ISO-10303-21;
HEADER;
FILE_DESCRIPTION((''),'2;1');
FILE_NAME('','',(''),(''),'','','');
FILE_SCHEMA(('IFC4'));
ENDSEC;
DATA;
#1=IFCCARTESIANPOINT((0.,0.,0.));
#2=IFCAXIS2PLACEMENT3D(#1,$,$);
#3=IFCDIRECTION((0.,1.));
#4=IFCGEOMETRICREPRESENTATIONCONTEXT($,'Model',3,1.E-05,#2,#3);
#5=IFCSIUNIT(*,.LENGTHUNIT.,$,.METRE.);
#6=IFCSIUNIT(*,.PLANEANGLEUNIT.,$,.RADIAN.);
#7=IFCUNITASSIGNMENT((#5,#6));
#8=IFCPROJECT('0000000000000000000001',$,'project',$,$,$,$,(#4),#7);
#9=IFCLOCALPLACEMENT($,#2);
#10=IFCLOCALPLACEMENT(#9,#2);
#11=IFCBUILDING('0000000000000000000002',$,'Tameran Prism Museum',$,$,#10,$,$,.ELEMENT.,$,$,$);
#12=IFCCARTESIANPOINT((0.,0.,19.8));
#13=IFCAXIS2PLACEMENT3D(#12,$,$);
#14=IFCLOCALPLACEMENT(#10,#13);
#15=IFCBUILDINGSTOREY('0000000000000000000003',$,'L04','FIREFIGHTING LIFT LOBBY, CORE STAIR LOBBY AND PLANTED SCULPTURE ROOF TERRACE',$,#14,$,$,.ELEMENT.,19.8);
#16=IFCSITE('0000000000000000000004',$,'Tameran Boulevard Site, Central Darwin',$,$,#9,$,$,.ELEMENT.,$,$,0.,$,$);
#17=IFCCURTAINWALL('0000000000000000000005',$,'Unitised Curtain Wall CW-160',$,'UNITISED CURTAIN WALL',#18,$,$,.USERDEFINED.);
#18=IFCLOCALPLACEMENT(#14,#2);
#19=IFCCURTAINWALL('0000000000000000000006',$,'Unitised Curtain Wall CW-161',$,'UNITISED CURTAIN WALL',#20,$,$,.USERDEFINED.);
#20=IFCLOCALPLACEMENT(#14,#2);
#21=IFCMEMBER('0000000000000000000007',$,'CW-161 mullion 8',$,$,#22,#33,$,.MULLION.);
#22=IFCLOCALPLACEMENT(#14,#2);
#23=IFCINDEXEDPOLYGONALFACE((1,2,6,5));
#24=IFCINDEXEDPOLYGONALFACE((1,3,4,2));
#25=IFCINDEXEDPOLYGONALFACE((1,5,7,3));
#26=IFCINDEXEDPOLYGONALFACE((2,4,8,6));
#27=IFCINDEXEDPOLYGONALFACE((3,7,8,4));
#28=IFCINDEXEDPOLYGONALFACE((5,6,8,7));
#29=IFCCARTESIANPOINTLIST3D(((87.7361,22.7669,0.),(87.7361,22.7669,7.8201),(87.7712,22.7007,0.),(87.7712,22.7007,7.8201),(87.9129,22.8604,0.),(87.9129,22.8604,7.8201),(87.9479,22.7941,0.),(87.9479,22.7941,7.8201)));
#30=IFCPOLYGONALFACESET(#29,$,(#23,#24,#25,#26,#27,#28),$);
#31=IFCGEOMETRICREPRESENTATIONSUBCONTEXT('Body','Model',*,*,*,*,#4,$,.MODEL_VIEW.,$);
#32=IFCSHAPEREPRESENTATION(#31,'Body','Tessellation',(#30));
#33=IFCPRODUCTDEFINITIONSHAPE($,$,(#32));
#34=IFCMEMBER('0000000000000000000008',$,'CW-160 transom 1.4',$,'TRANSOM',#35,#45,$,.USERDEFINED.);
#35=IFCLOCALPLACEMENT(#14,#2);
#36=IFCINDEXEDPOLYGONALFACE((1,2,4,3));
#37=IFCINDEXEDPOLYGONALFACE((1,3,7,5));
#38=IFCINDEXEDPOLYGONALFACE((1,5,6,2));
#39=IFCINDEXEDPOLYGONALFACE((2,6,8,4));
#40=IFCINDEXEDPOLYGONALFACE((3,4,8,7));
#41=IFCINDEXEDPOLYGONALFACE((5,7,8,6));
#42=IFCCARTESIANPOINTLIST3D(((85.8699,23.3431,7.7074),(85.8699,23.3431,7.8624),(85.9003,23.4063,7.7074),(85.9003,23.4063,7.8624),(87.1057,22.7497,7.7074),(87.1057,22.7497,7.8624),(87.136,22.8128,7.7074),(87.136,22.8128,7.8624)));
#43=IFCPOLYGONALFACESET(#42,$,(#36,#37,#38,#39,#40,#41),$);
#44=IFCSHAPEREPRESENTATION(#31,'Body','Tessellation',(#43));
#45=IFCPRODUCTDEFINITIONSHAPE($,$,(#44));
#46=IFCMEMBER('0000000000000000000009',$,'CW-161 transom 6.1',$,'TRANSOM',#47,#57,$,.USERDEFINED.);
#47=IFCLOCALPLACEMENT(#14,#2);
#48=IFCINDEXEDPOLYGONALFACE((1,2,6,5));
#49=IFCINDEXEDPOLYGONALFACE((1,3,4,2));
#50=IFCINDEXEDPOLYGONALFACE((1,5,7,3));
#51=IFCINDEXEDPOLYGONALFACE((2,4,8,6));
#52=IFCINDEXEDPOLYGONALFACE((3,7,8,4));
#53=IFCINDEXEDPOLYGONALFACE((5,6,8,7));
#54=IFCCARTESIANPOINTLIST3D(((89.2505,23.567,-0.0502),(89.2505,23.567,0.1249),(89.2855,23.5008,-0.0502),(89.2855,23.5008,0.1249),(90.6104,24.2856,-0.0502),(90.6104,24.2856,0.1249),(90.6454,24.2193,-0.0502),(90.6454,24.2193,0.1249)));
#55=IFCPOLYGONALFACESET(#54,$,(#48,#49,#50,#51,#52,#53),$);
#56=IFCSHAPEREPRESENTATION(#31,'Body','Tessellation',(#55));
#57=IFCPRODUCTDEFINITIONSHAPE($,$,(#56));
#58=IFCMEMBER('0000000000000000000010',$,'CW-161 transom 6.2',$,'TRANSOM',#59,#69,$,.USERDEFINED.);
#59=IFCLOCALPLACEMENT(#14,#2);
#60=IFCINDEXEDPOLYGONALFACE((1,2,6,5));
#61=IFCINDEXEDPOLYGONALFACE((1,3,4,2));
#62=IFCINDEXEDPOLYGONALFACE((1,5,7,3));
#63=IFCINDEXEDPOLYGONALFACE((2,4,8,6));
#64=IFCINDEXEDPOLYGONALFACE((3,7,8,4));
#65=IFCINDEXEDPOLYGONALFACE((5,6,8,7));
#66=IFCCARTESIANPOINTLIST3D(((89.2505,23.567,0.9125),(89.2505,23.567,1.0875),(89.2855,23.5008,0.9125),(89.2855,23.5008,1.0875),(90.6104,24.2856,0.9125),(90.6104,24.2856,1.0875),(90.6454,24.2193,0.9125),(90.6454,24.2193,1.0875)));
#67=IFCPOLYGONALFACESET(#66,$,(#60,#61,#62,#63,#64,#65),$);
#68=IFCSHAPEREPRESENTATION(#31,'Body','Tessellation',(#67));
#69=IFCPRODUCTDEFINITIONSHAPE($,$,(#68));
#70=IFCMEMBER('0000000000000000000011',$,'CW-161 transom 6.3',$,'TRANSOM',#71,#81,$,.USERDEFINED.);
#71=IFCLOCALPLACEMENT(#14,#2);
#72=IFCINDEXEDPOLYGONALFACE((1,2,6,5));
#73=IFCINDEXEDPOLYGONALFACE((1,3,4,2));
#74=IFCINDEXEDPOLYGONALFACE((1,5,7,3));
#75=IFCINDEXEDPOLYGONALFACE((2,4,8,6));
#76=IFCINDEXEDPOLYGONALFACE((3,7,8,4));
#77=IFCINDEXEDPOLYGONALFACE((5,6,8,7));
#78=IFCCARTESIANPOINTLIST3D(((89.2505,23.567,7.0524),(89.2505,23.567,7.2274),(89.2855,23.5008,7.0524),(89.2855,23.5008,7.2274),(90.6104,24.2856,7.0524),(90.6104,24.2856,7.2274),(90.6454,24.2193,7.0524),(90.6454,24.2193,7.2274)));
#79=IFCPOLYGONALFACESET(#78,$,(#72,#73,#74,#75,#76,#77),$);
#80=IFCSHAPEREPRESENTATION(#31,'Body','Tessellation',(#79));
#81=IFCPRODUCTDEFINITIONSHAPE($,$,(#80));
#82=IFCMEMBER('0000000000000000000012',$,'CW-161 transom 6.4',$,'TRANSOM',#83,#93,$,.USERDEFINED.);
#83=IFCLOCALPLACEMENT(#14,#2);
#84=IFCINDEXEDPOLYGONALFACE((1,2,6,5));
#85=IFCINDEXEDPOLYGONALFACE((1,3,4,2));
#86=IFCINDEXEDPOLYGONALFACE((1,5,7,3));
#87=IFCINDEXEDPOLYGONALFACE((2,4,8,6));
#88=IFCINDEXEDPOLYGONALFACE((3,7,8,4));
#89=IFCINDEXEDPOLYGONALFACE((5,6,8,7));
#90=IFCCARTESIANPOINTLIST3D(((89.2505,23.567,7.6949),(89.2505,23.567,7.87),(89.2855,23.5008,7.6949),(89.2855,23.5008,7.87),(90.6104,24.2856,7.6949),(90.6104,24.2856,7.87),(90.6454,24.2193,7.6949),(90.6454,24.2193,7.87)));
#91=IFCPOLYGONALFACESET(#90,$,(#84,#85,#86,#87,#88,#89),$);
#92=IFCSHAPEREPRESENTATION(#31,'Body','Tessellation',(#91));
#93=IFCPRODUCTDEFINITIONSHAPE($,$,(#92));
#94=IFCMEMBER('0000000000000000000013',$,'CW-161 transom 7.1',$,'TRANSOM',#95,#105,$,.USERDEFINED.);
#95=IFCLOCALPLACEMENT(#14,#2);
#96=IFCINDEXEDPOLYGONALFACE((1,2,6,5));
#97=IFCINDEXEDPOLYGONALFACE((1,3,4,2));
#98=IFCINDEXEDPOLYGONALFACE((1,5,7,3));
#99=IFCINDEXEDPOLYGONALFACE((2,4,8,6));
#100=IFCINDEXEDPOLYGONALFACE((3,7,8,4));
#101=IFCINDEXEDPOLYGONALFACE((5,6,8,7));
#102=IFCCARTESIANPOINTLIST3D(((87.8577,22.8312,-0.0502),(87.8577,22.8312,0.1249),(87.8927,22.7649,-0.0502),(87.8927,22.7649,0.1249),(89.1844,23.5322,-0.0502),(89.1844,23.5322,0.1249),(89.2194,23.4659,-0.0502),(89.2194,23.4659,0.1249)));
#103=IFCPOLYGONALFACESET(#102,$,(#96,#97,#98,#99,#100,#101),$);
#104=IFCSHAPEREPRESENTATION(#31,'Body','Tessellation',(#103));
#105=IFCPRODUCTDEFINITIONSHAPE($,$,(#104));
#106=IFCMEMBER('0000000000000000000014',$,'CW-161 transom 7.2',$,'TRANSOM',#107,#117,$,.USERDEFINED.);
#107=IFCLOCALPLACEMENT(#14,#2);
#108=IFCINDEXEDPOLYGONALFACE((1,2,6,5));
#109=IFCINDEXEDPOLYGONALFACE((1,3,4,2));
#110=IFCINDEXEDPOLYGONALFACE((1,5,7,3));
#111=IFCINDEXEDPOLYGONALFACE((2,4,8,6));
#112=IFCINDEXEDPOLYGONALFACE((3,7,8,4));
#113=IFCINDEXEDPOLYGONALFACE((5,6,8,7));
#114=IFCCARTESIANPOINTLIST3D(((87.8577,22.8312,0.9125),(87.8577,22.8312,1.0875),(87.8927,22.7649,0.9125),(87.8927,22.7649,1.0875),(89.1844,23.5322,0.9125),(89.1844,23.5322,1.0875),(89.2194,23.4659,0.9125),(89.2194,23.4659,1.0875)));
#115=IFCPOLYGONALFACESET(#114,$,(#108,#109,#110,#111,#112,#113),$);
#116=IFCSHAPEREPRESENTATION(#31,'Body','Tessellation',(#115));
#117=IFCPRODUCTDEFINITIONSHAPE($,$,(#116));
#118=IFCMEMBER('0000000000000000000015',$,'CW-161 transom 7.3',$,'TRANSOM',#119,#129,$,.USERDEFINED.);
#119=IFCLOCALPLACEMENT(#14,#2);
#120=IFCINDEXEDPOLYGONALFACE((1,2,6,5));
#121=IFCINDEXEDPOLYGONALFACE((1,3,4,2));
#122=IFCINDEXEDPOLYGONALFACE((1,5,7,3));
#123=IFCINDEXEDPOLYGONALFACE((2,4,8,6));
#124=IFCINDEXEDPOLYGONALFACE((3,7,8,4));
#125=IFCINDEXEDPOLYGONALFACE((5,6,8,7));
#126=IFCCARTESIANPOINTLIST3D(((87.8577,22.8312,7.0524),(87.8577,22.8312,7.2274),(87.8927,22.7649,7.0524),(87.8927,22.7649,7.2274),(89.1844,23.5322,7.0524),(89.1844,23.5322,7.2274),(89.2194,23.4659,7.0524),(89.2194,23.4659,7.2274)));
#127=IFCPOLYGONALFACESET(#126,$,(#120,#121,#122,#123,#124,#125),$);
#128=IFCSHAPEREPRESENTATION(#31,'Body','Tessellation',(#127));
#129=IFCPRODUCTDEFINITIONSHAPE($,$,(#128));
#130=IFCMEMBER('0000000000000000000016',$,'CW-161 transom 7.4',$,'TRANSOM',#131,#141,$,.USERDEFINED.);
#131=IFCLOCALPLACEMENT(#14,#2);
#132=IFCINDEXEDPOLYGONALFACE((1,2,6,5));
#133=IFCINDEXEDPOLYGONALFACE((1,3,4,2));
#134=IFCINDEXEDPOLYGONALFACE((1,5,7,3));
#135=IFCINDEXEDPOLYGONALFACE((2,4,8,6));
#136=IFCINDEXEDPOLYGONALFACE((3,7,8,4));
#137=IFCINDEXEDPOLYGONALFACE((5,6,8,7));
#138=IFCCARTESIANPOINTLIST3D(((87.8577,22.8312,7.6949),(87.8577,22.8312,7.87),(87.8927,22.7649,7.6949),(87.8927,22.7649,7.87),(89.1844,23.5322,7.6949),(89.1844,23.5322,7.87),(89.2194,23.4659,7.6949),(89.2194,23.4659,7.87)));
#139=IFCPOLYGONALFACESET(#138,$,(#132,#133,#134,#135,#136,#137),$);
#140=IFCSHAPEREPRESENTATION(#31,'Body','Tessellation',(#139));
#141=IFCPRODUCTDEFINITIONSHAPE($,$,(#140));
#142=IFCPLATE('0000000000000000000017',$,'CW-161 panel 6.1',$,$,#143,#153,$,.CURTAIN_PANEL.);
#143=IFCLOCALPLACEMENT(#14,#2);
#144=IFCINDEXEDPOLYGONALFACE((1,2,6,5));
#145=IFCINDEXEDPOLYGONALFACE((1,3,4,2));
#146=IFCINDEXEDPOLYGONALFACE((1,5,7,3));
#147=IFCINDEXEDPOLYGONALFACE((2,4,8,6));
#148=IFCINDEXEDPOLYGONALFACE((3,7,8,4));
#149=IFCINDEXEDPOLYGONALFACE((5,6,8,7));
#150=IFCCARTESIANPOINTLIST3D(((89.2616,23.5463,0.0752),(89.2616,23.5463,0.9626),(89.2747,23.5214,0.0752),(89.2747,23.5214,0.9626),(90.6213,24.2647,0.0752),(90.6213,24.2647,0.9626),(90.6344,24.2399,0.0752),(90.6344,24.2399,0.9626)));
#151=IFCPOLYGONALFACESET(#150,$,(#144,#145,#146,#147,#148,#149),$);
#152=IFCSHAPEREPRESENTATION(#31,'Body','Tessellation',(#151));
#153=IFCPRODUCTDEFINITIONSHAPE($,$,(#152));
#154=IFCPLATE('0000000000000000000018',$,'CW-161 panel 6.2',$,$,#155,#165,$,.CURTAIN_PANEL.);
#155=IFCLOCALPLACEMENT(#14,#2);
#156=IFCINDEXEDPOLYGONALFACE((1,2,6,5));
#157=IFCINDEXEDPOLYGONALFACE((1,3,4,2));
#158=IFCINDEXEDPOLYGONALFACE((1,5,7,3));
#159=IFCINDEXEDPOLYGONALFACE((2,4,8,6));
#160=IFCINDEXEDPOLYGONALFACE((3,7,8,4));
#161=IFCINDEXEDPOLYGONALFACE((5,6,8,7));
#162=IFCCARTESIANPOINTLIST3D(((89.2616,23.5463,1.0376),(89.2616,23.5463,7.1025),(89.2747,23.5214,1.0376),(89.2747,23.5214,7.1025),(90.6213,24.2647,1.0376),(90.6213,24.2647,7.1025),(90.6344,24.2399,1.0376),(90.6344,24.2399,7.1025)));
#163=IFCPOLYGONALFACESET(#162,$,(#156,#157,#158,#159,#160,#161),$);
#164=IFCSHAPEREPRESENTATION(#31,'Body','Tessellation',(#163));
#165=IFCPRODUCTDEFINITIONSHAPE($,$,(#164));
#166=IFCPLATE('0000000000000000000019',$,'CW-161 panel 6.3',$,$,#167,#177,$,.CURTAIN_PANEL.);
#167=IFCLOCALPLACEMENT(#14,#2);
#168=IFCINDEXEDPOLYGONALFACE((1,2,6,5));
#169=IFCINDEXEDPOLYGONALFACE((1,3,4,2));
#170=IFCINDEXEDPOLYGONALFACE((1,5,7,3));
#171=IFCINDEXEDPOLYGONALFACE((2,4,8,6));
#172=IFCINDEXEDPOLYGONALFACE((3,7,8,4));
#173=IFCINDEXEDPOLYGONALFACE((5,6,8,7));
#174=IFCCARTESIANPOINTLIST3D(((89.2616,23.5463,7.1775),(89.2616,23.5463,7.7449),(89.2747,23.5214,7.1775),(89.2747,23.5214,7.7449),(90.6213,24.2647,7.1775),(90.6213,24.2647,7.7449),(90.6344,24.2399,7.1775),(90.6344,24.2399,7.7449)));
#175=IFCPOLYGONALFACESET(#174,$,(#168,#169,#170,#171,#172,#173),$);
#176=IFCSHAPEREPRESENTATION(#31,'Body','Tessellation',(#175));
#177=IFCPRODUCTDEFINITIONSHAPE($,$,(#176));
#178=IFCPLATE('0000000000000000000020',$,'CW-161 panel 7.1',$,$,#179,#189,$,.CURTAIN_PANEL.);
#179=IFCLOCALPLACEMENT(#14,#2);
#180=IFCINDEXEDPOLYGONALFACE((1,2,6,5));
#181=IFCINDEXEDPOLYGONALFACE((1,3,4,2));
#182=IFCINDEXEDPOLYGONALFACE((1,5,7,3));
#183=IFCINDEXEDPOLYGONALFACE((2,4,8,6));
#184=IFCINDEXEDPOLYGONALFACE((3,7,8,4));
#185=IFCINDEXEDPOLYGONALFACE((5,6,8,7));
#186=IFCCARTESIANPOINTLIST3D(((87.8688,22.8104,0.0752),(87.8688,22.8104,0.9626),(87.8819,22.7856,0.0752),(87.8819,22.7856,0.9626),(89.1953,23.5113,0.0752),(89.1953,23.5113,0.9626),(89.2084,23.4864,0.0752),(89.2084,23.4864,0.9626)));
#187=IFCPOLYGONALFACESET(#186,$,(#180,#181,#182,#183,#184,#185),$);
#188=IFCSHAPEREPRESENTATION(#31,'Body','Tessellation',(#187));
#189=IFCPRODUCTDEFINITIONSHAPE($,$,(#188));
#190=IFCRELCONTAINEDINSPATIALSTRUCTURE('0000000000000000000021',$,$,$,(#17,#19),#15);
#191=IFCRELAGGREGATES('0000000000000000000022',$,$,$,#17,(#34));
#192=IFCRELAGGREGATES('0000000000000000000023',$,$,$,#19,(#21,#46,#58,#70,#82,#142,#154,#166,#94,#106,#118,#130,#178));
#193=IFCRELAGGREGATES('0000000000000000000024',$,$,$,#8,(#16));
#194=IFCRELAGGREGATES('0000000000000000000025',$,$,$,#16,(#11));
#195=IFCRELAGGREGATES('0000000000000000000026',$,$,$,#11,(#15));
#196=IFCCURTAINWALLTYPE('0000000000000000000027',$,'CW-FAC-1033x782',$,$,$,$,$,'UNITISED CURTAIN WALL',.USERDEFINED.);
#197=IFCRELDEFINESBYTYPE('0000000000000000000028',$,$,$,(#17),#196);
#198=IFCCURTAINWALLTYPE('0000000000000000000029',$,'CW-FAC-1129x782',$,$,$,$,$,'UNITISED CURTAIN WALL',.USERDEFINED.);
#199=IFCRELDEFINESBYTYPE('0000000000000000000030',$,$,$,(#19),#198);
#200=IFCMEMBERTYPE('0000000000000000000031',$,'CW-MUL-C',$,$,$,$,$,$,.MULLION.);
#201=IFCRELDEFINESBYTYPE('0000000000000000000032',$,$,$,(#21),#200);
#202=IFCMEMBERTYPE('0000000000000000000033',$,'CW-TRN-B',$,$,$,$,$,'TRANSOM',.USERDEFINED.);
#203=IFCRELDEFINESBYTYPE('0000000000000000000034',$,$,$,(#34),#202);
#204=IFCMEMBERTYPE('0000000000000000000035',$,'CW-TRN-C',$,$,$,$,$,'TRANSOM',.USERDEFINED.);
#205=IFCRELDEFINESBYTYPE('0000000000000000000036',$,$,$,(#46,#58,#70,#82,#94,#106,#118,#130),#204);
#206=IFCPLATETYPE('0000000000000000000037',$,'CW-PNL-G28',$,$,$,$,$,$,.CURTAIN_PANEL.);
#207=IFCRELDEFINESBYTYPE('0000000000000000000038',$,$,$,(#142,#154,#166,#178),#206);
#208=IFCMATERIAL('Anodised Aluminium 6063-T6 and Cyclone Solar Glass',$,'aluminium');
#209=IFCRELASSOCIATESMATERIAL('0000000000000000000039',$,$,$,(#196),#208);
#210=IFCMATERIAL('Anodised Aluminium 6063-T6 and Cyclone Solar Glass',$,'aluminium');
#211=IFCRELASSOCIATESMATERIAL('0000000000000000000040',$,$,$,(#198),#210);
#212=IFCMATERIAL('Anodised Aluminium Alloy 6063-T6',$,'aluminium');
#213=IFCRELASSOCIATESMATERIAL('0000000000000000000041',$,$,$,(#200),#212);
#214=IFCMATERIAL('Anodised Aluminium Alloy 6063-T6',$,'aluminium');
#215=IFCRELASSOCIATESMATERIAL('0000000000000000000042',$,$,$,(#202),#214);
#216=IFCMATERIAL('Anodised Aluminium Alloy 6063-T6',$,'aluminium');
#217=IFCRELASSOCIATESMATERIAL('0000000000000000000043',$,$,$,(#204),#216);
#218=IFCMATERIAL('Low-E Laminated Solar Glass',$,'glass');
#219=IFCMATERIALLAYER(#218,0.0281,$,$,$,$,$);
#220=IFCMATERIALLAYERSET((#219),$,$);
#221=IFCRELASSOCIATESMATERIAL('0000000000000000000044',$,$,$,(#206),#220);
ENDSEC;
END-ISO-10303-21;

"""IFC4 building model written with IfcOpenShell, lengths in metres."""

from ifc_helpers import new_model, si_unit, direction, frame, origin, origin_2d, place, context, subcontext, project, spatial, rectangle, extrude, material, layer, layer_set, material_profile, profile_set, type_object, element, aggregate, save


model = new_model("IFC4")

# Units and contexts
model_context = context("Model", 3, precision=1e-05, world=origin(), true_north=direction((0.0, 1.0)))
body_context = subcontext(model_context, "Body", "Model", "MODEL_VIEW")
ifc_project = project(units=[si_unit("LENGTHUNIT", "METRE"), si_unit("PLANEANGLEUNIT", "RADIAN")], contexts=[model_context])

# Site, building, storey
site_placement = place(None, origin())
site = spatial("IfcSite", under=ifc_project, at=site_placement, Name="Tameran Boulevard Site, Central Darwin", CompositionType="ELEMENT", RefElevation=0.0)
building_placement = place(site_placement, origin())
building = spatial("IfcBuilding", under=site, at=building_placement, Name="Tameran Prism Museum", CompositionType="ELEMENT")
storey_placement = place(building_placement, frame((0.0, 0.0, 19.8)))
storey = spatial("IfcBuildingStorey", under=building, at=storey_placement, Name="L04", Description="FIREFIGHTING LIFT LOBBY, CORE STAIR LOBBY AND PLANTED SCULPTURE ROOF TERRACE", CompositionType="ELEMENT", Elevation=19.8)

# Curtain wall
ifc_material_1 = material(Name="Anodised Aluminium 6063-T6 and Cyclone Solar Glass", Category="aluminium")
curtain_wall_type_1 = type_object("IfcCurtainWallType", Name="CW-FAC-1033x782", ElementType="UNITISED CURTAIN WALL", PredefinedType="USERDEFINED", material=ifc_material_1)
curtain_wall_1_placement = place(storey_placement, origin())
curtain_wall_1 = element("IfcCurtainWall", 1, at=curtain_wall_1_placement, inside=storey, type_object=curtain_wall_type_1, Name="Unitised Curtain Wall CW-160", ObjectType="UNITISED CURTAIN WALL", PredefinedType="USERDEFINED")

# Curtain wall, member
ifc_material_2 = material(Name="Anodised Aluminium 6063-T6 and Cyclone Solar Glass", Category="aluminium")
curtain_wall_type_2 = type_object("IfcCurtainWallType", Name="CW-FAC-1129x782", ElementType="UNITISED CURTAIN WALL", PredefinedType="USERDEFINED", material=ifc_material_2)
curtain_wall_2_placement = place(storey_placement, origin())
curtain_wall_2 = element("IfcCurtainWall", 2, at=curtain_wall_2_placement, inside=storey, type_object=curtain_wall_type_2, Name="Unitised Curtain Wall CW-161", ObjectType="UNITISED CURTAIN WALL", PredefinedType="USERDEFINED")
ifc_material_3 = material(Name="Anodised Aluminium Alloy 6063-T6", Category="aluminium")
ifc_material_profile_1 = material_profile(ifc_material_3, rectangle(XDim=0.075, YDim=0.2, at=origin_2d()))
ifc_profile_set_1 = profile_set([ifc_material_profile_1])
member_type_1 = type_object("IfcMemberType", Name="CW-MUL-C", PredefinedType="MULLION", material=ifc_profile_set_1)
member_1_placement = place(storey_placement, frame((87.842, 22.7805, 0.0), z_axis=(0.0, 0.0, 1.0), x_axis=(0.467155, -0.884175, 0.0)))
member_1 = element("IfcMember", 3, at=member_1_placement, type_object=member_type_1, Name="CW-161 mullion 8", PredefinedType="MULLION", context=body_context, shape_type="SweptSolid", body=[
    extrude(rectangle(XDim=0.075, YDim=0.2, at=origin_2d()), origin(), (0.0, 0.0, 1.0), 7.8201),
])

# Members
ifc_material_4 = material(Name="Anodised Aluminium Alloy 6063-T6", Category="aluminium")
ifc_material_profile_2 = material_profile(ifc_material_4, rectangle(XDim=0.0701, YDim=0.155, at=origin_2d()))
ifc_profile_set_2 = profile_set([ifc_material_profile_2])
member_type_2 = type_object("IfcMemberType", Name="CW-TRN-B", ElementType="TRANSOM", PredefinedType="USERDEFINED", material=ifc_profile_set_2)
member_2_placement = place(storey_placement, frame((87.1208, 22.7812, 7.7849), z_axis=(-0.901437, 0.432911, 0.0), x_axis=(-0.432911, -0.901437, 0.0)))
member_2 = element("IfcMember", 4, at=member_2_placement, type_object=member_type_2, Name="CW-160 transom 1.4", ObjectType="TRANSOM", PredefinedType="USERDEFINED", context=body_context, shape_type="SweptSolid", body=[
    extrude(rectangle(XDim=0.0701, YDim=0.155, at=origin_2d()), origin(), (0.0, 0.0, 1.0), 1.3708),
])
aggregate(curtain_wall_1, [member_2])
ifc_material_5 = material(Name="Anodised Aluminium Alloy 6063-T6", Category="aluminium")
ifc_material_profile_3 = material_profile(ifc_material_5, rectangle(XDim=0.075, YDim=0.175, at=origin_2d()))
ifc_profile_set_3 = profile_set([ifc_material_profile_3])
member_type_3 = type_object("IfcMemberType", Name="CW-TRN-C", ElementType="TRANSOM", PredefinedType="USERDEFINED", material=ifc_profile_set_3)
member_3_placement = place(storey_placement, frame((90.6279, 24.2524, 0.0374), z_axis=(-0.88417, -0.467166, 0.0), x_axis=(0.467166, -0.88417, 0.0)))
member_3 = element("IfcMember", 5, at=member_3_placement, type_object=member_type_3, Name="CW-161 transom 6.1", ObjectType="TRANSOM", PredefinedType="USERDEFINED", context=body_context, shape_type="SweptSolid", body=[
    extrude(rectangle(XDim=0.075, YDim=0.175, at=origin_2d()), origin(), (0.0, 0.0, 1.0), 1.5381),
])
member_4_placement = place(storey_placement, frame((90.6279, 24.2524, 1.0), z_axis=(-0.88417, -0.467166, 0.0), x_axis=(0.467166, -0.88417, 0.0)))
member_4 = element("IfcMember", 6, at=member_4_placement, type_object=member_type_3, Name="CW-161 transom 6.2", ObjectType="TRANSOM", PredefinedType="USERDEFINED", context=body_context, shape_type="SweptSolid", body=[
    extrude(rectangle(XDim=0.075, YDim=0.175, at=origin_2d()), origin(), (0.0, 0.0, 1.0), 1.5381),
])
member_5_placement = place(storey_placement, frame((90.6279, 24.2524, 7.1399), z_axis=(-0.88417, -0.467166, 0.0), x_axis=(0.467166, -0.88417, 0.0)))
member_5 = element("IfcMember", 7, at=member_5_placement, type_object=member_type_3, Name="CW-161 transom 6.3", ObjectType="TRANSOM", PredefinedType="USERDEFINED", context=body_context, shape_type="SweptSolid", body=[
    extrude(rectangle(XDim=0.075, YDim=0.175, at=origin_2d()), origin(), (0.0, 0.0, 1.0), 1.5381),
])
member_6_placement = place(storey_placement, frame((90.6279, 24.2524, 7.7825), z_axis=(-0.88417, -0.467166, 0.0), x_axis=(0.467166, -0.88417, 0.0)))
member_6 = element("IfcMember", 8, at=member_6_placement, type_object=member_type_3, Name="CW-161 transom 6.4", ObjectType="TRANSOM", PredefinedType="USERDEFINED", context=body_context, shape_type="SweptSolid", body=[
    extrude(rectangle(XDim=0.075, YDim=0.175, at=origin_2d()), origin(), (0.0, 0.0, 1.0), 1.5381),
])
member_7_placement = place(storey_placement, frame((89.2019, 23.499, 0.0374), z_axis=(-0.884179, -0.467147, 0.0), x_axis=(0.467147, -0.884179, 0.0)))
member_7 = element("IfcMember", 9, at=member_7_placement, type_object=member_type_3, Name="CW-161 transom 7.1", ObjectType="TRANSOM", PredefinedType="USERDEFINED", context=body_context, shape_type="SweptSolid", body=[
    extrude(rectangle(XDim=0.075, YDim=0.175, at=origin_2d()), origin(), (0.0, 0.0, 1.0), 1.5005),
])
member_8_placement = place(storey_placement, frame((89.2019, 23.499, 1.0), z_axis=(-0.884179, -0.467147, 0.0), x_axis=(0.467147, -0.884179, 0.0)))
member_8 = element("IfcMember", 10, at=member_8_placement, type_object=member_type_3, Name="CW-161 transom 7.2", ObjectType="TRANSOM", PredefinedType="USERDEFINED", context=body_context, shape_type="SweptSolid", body=[
    extrude(rectangle(XDim=0.075, YDim=0.175, at=origin_2d()), origin(), (0.0, 0.0, 1.0), 1.5005),
])
member_9_placement = place(storey_placement, frame((89.2019, 23.499, 7.1399), z_axis=(-0.884179, -0.467147, 0.0), x_axis=(0.467147, -0.884179, 0.0)))
member_9 = element("IfcMember", 11, at=member_9_placement, type_object=member_type_3, Name="CW-161 transom 7.3", ObjectType="TRANSOM", PredefinedType="USERDEFINED", context=body_context, shape_type="SweptSolid", body=[
    extrude(rectangle(XDim=0.075, YDim=0.175, at=origin_2d()), origin(), (0.0, 0.0, 1.0), 1.5005),
])
member_10_placement = place(storey_placement, frame((89.2019, 23.499, 7.7825), z_axis=(-0.884179, -0.467147, 0.0), x_axis=(0.467147, -0.884179, 0.0)))
member_10 = element("IfcMember", 12, at=member_10_placement, type_object=member_type_3, Name="CW-161 transom 7.4", ObjectType="TRANSOM", PredefinedType="USERDEFINED", context=body_context, shape_type="SweptSolid", body=[
    extrude(rectangle(XDim=0.075, YDim=0.175, at=origin_2d()), origin(), (0.0, 0.0, 1.0), 1.5005),
])

# Plates
ifc_material_6 = material(Name="Low-E Laminated Solar Glass", Category="glass")
ifc_layer_1 = layer(ifc_material_6, 0.0281)
ifc_layer_set_1 = layer_set([ifc_layer_1])
plate_type = type_object("IfcPlateType", Name="CW-PNL-G28", PredefinedType="CURTAIN_PANEL", material=ifc_layer_set_1)
plate_1_placement = place(storey_placement, frame((89.948, 23.8931, 0.0752), z_axis=(0.0, 0.0, 1.0), x_axis=(-0.884175, -0.467155, 0.0)))
plate_1 = element("IfcPlate", 13, at=plate_1_placement, type_object=plate_type, Name="CW-161 panel 6.1", PredefinedType="CURTAIN_PANEL", context=body_context, shape_type="SweptSolid", body=[
    extrude(rectangle(XDim=1.5378, YDim=0.0281, at=origin_2d()), origin(), (0.0, 0.0, 1.0), 0.8875),
])
plate_2_placement = place(storey_placement, frame((89.948, 23.8931, 1.0376), z_axis=(0.0, 0.0, 1.0), x_axis=(-0.884175, -0.467155, 0.0)))
plate_2 = element("IfcPlate", 14, at=plate_2_placement, type_object=plate_type, Name="CW-161 panel 6.2", PredefinedType="CURTAIN_PANEL", context=body_context, shape_type="SweptSolid", body=[
    extrude(rectangle(XDim=1.5378, YDim=0.0281, at=origin_2d()), origin(), (0.0, 0.0, 1.0), 6.0649),
])
plate_3_placement = place(storey_placement, frame((89.948, 23.8931, 7.1775), z_axis=(0.0, 0.0, 1.0), x_axis=(-0.884175, -0.467155, 0.0)))
plate_3 = element("IfcPlate", 15, at=plate_3_placement, type_object=plate_type, Name="CW-161 panel 6.3", PredefinedType="CURTAIN_PANEL", context=body_context, shape_type="SweptSolid", body=[
    extrude(rectangle(XDim=1.5378, YDim=0.0281, at=origin_2d()), origin(), (0.0, 0.0, 1.0), 0.5674),
])
plate_4_placement = place(storey_placement, frame((88.5386, 23.1484, 0.0752), z_axis=(0.0, 0.0, 1.0), x_axis=(-0.884175, -0.467155, 0.0)))
plate_4 = element("IfcPlate", 16, at=plate_4_placement, type_object=plate_type, Name="CW-161 panel 7.1", PredefinedType="CURTAIN_PANEL", context=body_context, shape_type="SweptSolid", body=[
    extrude(rectangle(XDim=1.5002, YDim=0.0281, at=origin_2d()), origin(), (0.0, 0.0, 1.0), 0.8875),
])
aggregate(curtain_wall_2, [member_1, member_3, member_4, member_5, member_6, plate_1, plate_2, plate_3, member_7, member_8, member_9, member_10, plate_4])

save(model, "model.ifc")
